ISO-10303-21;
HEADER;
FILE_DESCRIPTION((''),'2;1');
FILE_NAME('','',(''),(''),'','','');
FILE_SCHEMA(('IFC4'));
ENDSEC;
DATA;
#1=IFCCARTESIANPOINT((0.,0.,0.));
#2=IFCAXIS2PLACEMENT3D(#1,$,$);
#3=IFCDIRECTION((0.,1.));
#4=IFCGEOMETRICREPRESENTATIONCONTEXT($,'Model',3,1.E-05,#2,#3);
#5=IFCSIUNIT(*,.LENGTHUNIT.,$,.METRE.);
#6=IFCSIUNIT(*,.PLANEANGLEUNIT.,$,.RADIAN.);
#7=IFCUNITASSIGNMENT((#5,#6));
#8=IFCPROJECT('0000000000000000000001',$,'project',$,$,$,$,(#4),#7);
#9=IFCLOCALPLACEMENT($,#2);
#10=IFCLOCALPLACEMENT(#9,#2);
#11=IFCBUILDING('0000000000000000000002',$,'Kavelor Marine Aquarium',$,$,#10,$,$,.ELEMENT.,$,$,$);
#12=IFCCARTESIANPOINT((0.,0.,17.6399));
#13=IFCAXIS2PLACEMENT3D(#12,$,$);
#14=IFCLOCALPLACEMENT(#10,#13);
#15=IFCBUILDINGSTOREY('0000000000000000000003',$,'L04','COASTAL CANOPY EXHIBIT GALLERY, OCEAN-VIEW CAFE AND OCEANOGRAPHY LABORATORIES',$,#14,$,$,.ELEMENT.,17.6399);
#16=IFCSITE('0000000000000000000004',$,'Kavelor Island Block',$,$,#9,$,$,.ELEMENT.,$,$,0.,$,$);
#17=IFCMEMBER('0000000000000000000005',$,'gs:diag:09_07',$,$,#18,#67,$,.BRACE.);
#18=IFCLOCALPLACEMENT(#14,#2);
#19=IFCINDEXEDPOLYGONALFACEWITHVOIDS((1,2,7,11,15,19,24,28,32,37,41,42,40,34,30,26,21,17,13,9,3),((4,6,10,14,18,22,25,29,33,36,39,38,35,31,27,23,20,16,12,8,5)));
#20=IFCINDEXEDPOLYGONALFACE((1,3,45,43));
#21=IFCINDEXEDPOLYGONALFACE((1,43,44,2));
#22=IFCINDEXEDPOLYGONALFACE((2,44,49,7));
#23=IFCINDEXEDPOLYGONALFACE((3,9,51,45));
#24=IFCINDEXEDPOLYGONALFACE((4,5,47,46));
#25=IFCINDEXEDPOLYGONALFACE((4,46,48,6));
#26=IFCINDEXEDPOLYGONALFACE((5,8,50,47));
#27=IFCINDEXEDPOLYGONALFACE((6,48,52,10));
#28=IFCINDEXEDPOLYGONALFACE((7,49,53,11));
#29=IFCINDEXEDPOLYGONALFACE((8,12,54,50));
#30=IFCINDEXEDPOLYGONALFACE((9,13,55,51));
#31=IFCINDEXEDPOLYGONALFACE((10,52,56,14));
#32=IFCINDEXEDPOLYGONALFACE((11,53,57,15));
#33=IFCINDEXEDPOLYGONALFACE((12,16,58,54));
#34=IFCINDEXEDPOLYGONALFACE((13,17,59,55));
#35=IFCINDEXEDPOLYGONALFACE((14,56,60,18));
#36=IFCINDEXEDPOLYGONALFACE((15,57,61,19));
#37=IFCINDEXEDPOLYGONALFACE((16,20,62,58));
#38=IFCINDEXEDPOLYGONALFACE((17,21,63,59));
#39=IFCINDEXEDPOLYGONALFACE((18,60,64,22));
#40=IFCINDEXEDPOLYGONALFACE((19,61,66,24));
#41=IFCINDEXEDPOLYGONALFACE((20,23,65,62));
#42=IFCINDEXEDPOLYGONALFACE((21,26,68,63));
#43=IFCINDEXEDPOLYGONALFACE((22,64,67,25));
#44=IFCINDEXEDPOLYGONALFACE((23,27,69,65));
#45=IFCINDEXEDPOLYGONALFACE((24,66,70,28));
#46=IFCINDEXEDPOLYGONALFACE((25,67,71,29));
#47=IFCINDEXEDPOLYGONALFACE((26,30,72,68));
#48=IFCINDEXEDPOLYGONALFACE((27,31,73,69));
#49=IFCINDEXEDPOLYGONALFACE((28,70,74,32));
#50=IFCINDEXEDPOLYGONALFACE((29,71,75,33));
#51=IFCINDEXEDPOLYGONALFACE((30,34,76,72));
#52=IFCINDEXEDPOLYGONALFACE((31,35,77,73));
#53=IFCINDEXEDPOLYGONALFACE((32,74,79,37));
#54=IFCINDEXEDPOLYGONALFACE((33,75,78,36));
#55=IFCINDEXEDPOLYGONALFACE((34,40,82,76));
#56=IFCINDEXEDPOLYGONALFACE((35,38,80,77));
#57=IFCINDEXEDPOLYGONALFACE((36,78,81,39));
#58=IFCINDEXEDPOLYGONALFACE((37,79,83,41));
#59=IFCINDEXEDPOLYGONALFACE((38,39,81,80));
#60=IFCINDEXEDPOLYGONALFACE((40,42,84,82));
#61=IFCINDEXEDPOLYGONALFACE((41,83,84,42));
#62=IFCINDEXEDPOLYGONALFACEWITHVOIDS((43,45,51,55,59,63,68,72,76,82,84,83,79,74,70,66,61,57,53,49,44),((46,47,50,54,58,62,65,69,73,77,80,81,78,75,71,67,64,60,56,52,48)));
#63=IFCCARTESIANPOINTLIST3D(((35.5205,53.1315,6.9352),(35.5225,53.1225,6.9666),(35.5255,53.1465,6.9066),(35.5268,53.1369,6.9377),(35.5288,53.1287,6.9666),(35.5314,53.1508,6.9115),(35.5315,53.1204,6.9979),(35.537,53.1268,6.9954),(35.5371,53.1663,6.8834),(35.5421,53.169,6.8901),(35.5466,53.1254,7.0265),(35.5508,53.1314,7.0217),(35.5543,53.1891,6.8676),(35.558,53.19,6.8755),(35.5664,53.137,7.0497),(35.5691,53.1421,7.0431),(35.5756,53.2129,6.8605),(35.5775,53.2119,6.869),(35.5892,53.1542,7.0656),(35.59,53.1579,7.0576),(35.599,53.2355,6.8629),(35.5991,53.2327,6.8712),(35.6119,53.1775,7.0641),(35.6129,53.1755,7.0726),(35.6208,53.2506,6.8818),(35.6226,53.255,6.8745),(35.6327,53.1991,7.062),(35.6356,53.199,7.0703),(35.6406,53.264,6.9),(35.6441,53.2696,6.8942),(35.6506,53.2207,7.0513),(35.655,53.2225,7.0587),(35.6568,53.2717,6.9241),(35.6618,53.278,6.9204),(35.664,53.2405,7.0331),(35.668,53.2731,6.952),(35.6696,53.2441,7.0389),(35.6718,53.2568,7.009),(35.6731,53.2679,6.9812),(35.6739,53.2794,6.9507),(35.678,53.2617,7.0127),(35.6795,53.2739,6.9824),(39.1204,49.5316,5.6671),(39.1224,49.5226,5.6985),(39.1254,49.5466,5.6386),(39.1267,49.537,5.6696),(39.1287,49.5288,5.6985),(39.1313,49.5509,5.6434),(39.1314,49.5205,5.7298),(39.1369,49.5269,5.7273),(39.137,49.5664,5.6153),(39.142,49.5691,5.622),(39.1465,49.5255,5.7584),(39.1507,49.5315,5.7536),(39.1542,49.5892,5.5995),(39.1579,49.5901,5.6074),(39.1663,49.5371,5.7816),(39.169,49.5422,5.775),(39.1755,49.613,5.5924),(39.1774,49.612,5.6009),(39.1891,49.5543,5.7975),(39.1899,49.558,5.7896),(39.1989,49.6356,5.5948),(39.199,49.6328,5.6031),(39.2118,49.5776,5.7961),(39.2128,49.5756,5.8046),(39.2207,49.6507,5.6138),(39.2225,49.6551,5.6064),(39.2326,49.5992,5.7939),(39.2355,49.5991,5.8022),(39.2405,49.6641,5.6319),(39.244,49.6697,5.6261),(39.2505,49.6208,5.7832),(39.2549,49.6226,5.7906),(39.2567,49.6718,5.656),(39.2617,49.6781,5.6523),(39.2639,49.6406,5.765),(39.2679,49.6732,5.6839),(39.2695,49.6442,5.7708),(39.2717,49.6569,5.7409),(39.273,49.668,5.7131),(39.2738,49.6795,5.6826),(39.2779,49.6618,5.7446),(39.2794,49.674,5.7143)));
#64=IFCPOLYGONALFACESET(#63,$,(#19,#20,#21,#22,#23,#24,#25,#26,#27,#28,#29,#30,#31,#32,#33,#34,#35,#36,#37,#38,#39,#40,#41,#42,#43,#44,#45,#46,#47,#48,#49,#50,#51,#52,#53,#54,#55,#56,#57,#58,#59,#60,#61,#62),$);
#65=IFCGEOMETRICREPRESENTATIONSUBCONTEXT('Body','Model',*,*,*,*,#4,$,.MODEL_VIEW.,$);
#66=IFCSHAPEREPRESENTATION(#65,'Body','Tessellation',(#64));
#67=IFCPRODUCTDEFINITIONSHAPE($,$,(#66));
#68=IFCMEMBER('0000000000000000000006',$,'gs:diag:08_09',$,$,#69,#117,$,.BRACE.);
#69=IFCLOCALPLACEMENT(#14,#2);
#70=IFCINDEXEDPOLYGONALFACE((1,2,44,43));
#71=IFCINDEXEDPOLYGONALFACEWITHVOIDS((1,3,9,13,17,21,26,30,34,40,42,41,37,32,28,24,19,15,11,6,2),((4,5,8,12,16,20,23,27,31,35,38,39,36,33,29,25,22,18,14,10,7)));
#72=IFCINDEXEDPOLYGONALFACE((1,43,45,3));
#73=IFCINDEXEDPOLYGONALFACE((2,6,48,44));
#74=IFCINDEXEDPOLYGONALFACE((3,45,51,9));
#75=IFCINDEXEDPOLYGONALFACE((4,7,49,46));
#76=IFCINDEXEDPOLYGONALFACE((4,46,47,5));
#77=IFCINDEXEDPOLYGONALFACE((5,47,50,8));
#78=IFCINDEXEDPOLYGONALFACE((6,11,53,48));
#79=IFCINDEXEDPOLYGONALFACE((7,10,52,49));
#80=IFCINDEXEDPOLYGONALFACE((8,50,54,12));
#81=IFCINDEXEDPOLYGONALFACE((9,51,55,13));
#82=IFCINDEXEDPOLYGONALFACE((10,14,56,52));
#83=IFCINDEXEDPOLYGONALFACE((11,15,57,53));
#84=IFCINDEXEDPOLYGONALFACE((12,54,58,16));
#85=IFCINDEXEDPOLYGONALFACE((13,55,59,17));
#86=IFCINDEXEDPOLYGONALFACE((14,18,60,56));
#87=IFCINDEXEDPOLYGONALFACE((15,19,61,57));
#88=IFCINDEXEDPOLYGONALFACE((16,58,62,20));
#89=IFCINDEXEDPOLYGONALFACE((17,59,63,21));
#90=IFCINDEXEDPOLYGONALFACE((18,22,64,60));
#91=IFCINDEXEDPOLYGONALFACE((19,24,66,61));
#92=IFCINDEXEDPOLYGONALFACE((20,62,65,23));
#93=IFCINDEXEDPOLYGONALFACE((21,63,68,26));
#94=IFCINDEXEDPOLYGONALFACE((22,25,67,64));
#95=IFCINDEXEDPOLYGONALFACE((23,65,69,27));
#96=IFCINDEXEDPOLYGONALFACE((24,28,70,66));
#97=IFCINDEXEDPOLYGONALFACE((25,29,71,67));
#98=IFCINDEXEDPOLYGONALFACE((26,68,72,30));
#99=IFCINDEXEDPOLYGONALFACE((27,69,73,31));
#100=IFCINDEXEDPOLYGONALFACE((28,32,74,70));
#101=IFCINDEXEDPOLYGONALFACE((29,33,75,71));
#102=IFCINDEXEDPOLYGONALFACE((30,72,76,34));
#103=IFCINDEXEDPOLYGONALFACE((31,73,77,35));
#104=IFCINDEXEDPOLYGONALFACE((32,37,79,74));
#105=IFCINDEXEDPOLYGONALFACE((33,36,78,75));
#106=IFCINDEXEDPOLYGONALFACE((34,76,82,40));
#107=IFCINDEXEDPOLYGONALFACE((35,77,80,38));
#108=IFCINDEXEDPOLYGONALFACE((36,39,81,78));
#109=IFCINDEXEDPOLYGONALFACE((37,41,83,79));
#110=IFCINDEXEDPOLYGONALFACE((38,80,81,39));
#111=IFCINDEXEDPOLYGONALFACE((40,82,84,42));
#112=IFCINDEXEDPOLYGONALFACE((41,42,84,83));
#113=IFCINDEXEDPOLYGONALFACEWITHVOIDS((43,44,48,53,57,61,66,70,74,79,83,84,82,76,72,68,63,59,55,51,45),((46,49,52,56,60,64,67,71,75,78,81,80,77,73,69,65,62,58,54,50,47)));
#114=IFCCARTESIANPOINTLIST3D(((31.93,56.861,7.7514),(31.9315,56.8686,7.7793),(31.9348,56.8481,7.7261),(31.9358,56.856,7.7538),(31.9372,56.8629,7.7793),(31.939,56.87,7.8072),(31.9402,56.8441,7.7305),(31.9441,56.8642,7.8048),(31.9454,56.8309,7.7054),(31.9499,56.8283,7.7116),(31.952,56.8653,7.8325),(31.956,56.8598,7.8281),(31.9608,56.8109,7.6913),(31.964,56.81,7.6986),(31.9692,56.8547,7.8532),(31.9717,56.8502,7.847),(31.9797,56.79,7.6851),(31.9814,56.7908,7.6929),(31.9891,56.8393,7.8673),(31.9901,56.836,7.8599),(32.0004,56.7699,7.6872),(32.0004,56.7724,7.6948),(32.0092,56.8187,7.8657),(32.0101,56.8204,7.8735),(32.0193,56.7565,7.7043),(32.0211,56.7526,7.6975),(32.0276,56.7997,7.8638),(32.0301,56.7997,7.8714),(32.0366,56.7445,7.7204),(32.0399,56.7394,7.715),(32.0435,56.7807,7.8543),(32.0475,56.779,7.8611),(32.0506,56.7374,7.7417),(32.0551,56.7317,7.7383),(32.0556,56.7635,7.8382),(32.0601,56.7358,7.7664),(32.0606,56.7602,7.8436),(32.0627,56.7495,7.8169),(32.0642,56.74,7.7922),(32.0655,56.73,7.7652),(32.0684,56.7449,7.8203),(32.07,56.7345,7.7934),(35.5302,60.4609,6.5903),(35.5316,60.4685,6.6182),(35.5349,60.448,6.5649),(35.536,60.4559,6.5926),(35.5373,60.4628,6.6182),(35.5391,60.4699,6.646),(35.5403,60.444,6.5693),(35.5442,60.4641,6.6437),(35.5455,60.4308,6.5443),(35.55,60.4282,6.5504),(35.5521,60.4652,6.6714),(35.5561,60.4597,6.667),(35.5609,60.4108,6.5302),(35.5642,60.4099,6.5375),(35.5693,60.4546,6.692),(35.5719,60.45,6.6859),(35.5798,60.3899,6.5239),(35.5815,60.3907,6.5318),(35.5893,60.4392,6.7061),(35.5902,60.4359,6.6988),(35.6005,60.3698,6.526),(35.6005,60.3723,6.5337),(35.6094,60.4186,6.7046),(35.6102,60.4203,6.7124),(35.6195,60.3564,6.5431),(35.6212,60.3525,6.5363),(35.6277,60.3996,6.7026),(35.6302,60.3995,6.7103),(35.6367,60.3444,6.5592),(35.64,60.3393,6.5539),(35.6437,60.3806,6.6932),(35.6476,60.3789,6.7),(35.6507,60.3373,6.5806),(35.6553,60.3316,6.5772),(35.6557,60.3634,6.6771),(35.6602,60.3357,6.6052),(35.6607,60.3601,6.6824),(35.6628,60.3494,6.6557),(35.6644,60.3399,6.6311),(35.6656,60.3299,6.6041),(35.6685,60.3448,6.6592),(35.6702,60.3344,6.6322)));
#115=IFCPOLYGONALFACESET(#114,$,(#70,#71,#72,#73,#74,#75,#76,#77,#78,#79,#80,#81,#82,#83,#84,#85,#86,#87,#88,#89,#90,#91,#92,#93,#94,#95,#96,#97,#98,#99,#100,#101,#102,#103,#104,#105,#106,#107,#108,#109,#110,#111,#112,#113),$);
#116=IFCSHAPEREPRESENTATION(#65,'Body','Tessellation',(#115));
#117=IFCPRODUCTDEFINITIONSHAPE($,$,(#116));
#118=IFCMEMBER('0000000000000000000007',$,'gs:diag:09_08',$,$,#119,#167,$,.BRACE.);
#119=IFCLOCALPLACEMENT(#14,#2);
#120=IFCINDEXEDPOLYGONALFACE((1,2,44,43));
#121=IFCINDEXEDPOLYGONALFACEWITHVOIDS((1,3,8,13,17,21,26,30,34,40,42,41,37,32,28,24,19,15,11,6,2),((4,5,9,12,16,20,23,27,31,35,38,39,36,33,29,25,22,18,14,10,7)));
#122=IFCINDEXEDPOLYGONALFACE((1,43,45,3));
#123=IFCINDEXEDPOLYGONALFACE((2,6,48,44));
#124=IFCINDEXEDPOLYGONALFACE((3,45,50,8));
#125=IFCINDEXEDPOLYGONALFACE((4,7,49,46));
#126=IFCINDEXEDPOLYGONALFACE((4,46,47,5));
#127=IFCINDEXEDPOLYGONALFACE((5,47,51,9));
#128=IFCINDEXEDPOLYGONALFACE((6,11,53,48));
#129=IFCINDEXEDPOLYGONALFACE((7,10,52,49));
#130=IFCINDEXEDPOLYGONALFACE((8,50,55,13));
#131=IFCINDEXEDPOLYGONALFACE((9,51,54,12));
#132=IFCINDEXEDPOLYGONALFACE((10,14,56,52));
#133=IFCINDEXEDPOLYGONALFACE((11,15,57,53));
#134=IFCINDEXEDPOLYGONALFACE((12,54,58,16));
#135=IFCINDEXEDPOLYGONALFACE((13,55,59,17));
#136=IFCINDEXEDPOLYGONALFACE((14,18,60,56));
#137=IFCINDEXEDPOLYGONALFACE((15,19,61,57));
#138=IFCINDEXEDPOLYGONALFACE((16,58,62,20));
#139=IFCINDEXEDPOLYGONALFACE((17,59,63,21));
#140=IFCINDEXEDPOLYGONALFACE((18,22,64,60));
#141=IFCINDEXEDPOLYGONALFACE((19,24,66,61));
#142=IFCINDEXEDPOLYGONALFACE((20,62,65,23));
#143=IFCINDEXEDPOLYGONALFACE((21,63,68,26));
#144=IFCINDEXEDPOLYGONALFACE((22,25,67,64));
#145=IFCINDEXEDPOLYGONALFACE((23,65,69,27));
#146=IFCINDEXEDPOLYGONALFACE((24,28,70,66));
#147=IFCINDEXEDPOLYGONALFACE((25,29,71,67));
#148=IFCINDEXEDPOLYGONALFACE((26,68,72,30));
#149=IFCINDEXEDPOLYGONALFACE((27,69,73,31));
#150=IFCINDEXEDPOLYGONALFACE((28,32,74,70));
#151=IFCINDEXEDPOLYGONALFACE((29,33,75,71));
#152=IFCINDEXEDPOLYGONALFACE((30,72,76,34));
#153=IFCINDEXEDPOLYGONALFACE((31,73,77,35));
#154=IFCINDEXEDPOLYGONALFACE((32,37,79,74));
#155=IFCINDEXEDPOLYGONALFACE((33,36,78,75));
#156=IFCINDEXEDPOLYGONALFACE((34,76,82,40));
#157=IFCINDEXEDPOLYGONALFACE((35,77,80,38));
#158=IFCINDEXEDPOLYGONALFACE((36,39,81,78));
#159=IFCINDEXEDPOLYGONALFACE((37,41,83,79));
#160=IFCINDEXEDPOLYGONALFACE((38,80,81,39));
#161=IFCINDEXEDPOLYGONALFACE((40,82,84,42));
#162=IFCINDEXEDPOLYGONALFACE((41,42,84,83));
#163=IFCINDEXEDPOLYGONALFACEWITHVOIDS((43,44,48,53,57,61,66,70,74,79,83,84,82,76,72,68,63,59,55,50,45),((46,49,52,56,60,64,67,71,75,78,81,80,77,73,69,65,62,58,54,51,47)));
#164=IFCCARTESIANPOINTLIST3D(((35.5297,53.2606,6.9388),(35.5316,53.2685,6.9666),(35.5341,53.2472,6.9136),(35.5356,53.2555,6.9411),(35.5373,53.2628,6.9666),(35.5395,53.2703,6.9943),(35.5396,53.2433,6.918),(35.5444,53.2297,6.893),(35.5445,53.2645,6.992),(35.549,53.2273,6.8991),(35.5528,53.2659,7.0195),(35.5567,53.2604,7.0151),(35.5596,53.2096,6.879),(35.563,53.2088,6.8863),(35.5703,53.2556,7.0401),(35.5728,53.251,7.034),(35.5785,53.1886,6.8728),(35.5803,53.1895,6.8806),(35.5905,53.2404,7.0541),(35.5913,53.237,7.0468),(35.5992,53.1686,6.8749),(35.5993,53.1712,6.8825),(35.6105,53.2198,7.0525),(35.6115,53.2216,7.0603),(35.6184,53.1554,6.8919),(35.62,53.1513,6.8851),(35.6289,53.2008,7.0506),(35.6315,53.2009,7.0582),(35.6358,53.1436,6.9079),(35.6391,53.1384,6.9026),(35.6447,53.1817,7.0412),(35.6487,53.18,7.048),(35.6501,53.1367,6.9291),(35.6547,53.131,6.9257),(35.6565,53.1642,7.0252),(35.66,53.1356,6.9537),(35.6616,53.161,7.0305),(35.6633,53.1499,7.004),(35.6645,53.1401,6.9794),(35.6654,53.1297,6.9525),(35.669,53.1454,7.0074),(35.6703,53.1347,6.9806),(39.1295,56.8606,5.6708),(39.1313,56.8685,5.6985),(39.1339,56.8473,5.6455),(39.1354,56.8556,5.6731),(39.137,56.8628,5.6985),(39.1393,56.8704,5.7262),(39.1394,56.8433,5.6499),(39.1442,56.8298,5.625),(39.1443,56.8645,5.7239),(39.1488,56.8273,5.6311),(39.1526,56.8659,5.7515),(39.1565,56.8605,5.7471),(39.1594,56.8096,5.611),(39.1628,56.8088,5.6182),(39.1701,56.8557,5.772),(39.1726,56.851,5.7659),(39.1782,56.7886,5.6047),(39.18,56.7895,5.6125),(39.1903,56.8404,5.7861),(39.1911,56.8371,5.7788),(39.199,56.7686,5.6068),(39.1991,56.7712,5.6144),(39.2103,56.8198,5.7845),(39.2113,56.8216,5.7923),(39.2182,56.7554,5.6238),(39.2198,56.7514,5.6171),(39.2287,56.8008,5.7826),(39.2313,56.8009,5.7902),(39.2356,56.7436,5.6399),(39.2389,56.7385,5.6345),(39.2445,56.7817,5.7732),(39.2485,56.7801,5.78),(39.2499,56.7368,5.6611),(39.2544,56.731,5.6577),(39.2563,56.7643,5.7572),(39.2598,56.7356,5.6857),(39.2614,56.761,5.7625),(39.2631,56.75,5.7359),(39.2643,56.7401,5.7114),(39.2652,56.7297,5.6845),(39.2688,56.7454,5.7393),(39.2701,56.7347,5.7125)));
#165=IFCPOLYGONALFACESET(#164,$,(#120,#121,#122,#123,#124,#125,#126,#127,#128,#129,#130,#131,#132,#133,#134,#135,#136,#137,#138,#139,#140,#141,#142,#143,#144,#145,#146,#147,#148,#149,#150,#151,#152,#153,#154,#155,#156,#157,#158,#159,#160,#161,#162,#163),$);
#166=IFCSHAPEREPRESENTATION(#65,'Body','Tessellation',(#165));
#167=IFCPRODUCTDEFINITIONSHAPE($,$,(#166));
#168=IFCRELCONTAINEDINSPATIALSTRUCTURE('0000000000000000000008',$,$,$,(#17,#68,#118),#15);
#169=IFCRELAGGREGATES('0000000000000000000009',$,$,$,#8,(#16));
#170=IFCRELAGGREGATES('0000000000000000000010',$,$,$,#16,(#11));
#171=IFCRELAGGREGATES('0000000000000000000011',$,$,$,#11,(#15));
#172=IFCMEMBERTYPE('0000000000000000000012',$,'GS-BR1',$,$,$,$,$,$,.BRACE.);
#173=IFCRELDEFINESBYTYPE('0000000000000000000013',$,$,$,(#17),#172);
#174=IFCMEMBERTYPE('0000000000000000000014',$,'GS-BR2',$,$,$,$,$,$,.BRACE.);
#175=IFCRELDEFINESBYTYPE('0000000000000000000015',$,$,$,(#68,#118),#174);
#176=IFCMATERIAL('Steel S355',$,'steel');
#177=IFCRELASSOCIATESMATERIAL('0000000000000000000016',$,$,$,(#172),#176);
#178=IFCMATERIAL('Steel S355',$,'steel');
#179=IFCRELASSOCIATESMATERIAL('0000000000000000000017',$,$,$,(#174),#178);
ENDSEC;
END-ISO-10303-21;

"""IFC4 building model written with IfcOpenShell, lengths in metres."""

from ifc_helpers import new_model, si_unit, direction, frame, origin, origin_2d, place, context, subcontext, project, spatial, hollow_circle, extrude, material, material_profile, profile_set, type_object, element, save


model = new_model("IFC4")

# Units and contexts
model_context = context("Model", 3, precision=1e-05, world=origin(), true_north=direction((0.0, 1.0)))
body_context = subcontext(model_context, "Body", "Model", "MODEL_VIEW")
ifc_project = project(units=[si_unit("LENGTHUNIT", "METRE"), si_unit("PLANEANGLEUNIT", "RADIAN")], contexts=[model_context])

# Site, building, storey
site_placement = place(None, origin())
site = spatial("IfcSite", under=ifc_project, at=site_placement, Name="Kavelor Island Block", CompositionType="ELEMENT", RefElevation=0.0)
building_placement = place(site_placement, origin())
building = spatial("IfcBuilding", under=site, at=building_placement, Name="Kavelor Marine Aquarium", CompositionType="ELEMENT")
storey_placement = place(building_placement, frame((0.0, 0.0, 17.6399)))
storey = spatial("IfcBuildingStorey", under=building, at=storey_placement, Name="L04", Description="COASTAL CANOPY EXHIBIT GALLERY, OCEAN-VIEW CAFE AND OCEANOGRAPHY LABORATORIES", CompositionType="ELEMENT", Elevation=17.6399)

# Members
ifc_material_1 = material(Name="Steel S355", Category="steel")
ifc_material_profile_1 = material_profile(ifc_material_1, hollow_circle(Radius=0.1096, WallThickness=0.0088, at=origin_2d()), Name="CHS 219.1x8.8")
ifc_profile_set_1 = profile_set([ifc_material_profile_1], Name="Steel S355")
member_type_1 = type_object("IfcMemberType", Name="GS-BR1", PredefinedType="BRACE", material=ifc_profile_set_1)
member_1_placement = place(storey_placement, frame((39.2, 49.6001, 5.6985), z_axis=(-0.686142, 0.686142, 0.241697), x_axis=(-0.707107, -0.707107, 0.0)))
element("IfcMember", 1, at=member_1_placement, inside=storey, type_object=member_type_1, Name="gs:diag:09_07", PredefinedType="BRACE", context=body_context, shape_type="SweptSolid", body=[
    extrude(hollow_circle(Radius=0.1096, WallThickness=0.0088, at=origin_2d()), origin(), (0.0, 0.0, 1.0), 5.2466),
])
ifc_material_2 = material(Name="Steel S355", Category="steel")
ifc_material_profile_2 = material_profile(ifc_material_2, hollow_circle(Radius=0.0969, WallThickness=0.0081, at=origin_2d()), Name="CHS 193.7x8.0")
ifc_profile_set_2 = profile_set([ifc_material_profile_2], Name="Steel S355")
member_type_2 = type_object("IfcMemberType", Name="GS-BR2", PredefinedType="BRACE", material=ifc_profile_set_2)
member_2_placement = place(storey_placement, frame((32.0, 56.8, 7.7793), z_axis=(0.689428, 0.689381, -0.22236), x_axis=(-0.707083, 0.707131, 0.0)))
element("IfcMember", 2, at=member_2_placement, inside=storey, type_object=member_type_2, Name="gs:diag:08_09", PredefinedType="BRACE", context=body_context, shape_type="SweptSolid", body=[
    extrude(hollow_circle(Radius=0.0969, WallThickness=0.0081, at=origin_2d()), origin(), (0.0, 0.0, 1.0), 5.2219),
])
member_3_placement = place(storey_placement, frame((35.6001, 53.2, 6.9666), z_axis=(0.68612, 0.686167, -0.241689), x_axis=(-0.707131, 0.707083, 0.0)))
element("IfcMember", 3, at=member_3_placement, inside=storey, type_object=member_type_2, Name="gs:diag:09_08", PredefinedType="BRACE", context=body_context, shape_type="SweptSolid", body=[
    extrude(hollow_circle(Radius=0.0969, WallThickness=0.0081, at=origin_2d()), origin(), (0.0, 0.0, 1.0), 5.2466),
])

save(model, "model.ifc")
